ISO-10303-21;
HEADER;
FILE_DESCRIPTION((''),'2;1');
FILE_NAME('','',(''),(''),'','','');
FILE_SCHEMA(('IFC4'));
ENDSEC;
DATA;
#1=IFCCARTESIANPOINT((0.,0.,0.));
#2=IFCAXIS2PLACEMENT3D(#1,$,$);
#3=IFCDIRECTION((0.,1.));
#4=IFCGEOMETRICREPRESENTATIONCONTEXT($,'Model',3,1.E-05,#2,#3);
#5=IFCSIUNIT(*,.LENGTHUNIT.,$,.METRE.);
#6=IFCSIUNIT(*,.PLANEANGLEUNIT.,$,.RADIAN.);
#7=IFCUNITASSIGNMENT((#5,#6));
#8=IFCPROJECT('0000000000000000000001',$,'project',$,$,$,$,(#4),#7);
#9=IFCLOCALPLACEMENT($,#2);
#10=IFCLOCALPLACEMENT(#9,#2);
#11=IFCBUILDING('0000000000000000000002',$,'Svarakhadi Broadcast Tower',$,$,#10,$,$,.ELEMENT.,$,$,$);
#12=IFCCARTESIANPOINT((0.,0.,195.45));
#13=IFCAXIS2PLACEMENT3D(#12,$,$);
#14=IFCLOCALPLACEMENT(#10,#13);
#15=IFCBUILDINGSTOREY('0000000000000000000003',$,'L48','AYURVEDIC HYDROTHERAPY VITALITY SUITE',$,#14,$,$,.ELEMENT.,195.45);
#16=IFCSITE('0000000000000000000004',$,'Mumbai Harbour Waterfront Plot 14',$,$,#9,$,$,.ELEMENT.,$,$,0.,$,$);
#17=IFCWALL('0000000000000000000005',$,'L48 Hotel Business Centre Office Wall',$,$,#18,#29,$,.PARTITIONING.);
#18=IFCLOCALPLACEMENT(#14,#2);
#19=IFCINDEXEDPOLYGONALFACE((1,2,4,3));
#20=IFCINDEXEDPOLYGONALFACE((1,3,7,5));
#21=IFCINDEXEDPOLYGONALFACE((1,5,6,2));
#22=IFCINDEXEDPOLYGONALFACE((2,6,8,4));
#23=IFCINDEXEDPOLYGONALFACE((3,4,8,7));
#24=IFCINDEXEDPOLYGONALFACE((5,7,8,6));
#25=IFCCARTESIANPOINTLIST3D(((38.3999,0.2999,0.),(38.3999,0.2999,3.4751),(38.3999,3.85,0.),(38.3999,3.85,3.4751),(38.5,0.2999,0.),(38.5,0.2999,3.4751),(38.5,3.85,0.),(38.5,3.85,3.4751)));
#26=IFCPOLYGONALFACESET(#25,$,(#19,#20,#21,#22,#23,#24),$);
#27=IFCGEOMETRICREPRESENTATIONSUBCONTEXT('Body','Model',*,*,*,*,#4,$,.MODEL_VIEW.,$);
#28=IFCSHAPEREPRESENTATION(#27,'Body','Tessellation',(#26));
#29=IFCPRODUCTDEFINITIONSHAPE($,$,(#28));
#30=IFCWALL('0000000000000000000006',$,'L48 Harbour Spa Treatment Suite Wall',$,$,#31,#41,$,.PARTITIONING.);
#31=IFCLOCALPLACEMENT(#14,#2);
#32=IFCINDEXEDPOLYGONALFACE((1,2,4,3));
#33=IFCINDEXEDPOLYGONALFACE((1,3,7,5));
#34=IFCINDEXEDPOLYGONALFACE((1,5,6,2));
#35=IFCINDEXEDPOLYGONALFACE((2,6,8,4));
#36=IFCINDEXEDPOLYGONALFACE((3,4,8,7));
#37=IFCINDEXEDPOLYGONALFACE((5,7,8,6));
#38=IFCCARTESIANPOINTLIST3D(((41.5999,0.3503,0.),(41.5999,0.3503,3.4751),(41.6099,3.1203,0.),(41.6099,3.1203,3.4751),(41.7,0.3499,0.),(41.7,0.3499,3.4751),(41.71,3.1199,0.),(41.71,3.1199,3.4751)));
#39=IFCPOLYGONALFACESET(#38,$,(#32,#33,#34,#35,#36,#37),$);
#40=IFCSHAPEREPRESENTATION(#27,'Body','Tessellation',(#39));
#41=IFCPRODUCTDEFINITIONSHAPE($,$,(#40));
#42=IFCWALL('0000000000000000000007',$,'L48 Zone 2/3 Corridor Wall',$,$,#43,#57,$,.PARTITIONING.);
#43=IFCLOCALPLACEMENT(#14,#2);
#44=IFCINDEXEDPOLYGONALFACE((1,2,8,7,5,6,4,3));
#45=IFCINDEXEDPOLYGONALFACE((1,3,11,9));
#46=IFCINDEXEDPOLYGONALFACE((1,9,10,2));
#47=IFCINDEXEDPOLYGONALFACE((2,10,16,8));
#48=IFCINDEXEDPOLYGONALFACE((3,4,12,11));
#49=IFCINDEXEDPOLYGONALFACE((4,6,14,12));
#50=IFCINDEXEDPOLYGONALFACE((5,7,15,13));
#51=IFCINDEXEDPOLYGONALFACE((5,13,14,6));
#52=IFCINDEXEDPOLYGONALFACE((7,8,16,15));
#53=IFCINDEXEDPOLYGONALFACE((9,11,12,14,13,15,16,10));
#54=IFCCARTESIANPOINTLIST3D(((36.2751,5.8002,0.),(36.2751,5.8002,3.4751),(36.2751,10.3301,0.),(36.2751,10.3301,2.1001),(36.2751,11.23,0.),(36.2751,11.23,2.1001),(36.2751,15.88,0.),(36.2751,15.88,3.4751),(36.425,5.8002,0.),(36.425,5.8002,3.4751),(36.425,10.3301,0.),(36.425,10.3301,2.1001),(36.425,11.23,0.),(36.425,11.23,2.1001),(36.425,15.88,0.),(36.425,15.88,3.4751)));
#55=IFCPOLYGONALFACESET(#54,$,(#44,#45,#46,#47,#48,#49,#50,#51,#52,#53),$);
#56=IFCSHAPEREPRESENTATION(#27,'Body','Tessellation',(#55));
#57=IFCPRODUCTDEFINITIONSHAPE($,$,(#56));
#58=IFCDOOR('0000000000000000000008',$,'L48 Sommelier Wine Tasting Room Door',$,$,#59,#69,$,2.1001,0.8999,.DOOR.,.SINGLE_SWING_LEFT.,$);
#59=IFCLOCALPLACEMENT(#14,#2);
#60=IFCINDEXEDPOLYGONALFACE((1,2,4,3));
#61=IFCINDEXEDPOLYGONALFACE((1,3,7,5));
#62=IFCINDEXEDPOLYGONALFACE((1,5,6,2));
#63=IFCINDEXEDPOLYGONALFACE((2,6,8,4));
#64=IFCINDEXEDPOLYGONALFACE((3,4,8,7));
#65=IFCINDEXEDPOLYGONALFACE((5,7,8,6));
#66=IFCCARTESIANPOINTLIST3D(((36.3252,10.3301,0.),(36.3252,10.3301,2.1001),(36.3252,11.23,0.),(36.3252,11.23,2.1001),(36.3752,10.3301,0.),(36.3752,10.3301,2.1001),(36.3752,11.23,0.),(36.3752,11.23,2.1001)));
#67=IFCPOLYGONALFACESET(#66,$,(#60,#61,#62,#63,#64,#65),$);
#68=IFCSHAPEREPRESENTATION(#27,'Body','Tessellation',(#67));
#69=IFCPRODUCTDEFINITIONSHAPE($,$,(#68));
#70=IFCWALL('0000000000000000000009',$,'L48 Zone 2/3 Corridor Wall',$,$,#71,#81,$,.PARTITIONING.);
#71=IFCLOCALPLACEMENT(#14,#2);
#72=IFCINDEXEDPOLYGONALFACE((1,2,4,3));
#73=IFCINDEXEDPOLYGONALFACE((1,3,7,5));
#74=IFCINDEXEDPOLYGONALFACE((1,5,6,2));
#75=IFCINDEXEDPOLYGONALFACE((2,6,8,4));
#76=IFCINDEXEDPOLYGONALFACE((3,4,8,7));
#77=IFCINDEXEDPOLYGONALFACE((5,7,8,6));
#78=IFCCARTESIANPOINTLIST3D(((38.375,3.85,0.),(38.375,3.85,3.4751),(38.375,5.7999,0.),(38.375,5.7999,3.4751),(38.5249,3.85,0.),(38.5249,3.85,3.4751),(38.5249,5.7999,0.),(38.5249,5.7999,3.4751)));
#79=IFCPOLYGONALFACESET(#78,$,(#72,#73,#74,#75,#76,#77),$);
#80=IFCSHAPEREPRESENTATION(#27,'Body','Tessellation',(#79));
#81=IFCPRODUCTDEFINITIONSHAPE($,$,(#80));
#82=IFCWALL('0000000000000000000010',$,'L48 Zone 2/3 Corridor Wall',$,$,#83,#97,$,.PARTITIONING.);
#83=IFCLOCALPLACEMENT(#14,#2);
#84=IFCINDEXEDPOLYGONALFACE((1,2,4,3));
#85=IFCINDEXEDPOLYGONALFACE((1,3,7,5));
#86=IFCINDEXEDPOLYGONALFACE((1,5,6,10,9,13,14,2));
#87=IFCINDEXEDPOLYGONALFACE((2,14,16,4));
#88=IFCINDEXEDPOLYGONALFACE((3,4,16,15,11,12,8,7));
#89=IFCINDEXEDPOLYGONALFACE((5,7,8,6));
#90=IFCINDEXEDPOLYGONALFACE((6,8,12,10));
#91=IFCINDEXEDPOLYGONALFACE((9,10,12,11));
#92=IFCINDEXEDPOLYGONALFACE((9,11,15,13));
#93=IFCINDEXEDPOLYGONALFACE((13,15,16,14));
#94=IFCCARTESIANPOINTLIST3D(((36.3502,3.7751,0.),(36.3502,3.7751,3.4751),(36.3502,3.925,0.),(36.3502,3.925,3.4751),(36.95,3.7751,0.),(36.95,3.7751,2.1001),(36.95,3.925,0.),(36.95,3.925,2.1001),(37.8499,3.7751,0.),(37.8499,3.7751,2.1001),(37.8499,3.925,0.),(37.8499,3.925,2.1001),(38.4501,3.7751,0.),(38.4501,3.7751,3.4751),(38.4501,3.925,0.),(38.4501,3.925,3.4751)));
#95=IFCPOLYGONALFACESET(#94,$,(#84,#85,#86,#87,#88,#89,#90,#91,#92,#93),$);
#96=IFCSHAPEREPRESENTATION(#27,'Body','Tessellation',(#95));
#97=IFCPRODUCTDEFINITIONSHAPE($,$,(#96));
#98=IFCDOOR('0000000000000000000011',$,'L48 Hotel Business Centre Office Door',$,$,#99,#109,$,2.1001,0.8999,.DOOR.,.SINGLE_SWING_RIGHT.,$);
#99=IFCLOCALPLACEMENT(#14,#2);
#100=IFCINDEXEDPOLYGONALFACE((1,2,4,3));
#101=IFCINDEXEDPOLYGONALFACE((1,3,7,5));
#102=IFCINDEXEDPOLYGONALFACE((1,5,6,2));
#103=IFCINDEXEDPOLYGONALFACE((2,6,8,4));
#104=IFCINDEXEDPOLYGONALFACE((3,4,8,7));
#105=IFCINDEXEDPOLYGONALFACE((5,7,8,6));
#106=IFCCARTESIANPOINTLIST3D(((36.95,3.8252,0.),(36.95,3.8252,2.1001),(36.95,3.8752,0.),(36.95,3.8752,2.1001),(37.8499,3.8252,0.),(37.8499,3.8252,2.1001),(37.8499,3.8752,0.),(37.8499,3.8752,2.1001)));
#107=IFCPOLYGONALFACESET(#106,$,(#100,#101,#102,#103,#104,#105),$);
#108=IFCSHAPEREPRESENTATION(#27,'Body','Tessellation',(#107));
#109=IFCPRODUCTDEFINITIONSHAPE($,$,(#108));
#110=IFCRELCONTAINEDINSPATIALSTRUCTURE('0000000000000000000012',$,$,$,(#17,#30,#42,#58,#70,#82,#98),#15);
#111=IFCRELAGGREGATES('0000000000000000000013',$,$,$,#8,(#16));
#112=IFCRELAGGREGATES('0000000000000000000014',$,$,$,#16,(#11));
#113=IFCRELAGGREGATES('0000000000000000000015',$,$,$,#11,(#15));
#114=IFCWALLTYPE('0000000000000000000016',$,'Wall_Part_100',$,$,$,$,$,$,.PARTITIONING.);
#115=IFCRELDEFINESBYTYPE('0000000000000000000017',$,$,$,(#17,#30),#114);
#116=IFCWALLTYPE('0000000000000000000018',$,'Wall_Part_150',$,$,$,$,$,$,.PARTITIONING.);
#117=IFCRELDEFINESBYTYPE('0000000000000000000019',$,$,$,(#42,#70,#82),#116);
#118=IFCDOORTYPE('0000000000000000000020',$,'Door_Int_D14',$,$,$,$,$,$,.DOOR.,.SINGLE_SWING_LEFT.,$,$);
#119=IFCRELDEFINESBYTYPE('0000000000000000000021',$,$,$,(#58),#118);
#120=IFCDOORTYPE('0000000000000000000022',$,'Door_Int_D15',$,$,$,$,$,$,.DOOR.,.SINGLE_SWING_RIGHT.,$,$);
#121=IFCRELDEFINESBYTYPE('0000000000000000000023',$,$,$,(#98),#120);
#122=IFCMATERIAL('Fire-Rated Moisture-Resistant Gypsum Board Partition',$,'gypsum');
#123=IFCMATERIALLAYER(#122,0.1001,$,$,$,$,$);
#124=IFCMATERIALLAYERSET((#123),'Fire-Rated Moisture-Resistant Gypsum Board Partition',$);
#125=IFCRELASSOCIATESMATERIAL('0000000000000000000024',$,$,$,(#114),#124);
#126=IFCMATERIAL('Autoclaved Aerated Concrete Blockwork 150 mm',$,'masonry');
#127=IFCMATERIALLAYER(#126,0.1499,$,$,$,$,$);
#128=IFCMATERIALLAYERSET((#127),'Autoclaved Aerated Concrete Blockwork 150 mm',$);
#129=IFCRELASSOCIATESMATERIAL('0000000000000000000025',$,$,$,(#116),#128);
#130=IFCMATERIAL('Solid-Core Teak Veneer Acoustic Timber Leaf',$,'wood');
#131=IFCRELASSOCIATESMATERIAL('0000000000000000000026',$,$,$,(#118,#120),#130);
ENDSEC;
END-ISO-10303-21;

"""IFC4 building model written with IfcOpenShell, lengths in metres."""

from ifc_helpers import new_model, si_unit, direction, frame, frame_2d, origin, place, context, subcontext, project, spatial, rectangle, extrude, material, layer, layer_set, type_object, element, fill, save


model = new_model("IFC4")

# Units and contexts
model_context = context("Model", 3, precision=1e-05, world=origin(), true_north=direction((0.0, 1.0)))
body_context = subcontext(model_context, "Body", "Model", "MODEL_VIEW")
ifc_project = project(units=[si_unit("LENGTHUNIT", "METRE"), si_unit("PLANEANGLEUNIT", "RADIAN")], contexts=[model_context])

# Site, building, storey
site_placement = place(None, origin())
site = spatial("IfcSite", under=ifc_project, at=site_placement, Name="Mumbai Harbour Waterfront Plot 14", CompositionType="ELEMENT", RefElevation=0.0)
building_placement = place(site_placement, origin())
building = spatial("IfcBuilding", under=site, at=building_placement, Name="Svarakhadi Broadcast Tower", CompositionType="ELEMENT")
storey_placement = place(building_placement, frame((0.0, 0.0, 195.45)))
storey = spatial("IfcBuildingStorey", under=building, at=storey_placement, Name="L48", Description="AYURVEDIC HYDROTHERAPY VITALITY SUITE", CompositionType="ELEMENT", Elevation=195.45)

# Walls
ifc_material_1 = material(Name="Fire-Rated Moisture-Resistant Gypsum Board Partition", Category="gypsum")
ifc_layer_1 = layer(ifc_material_1, 0.1001)
ifc_layer_set_1 = layer_set([ifc_layer_1], Name="Fire-Rated Moisture-Resistant Gypsum Board Partition")
wall_type_1 = type_object("IfcWallType", Name="Wall_Part_100", PredefinedType="PARTITIONING", material=ifc_layer_set_1)
wall_1_placement = place(storey_placement, frame((38.45, 0.3, 0.0), z_axis=(0.0, 0.0, 1.0), x_axis=(0.0, 1.0, 0.0)))
element("IfcWall", 1, at=wall_1_placement, inside=storey, type_object=wall_type_1, Name="L48 Hotel Business Centre Office Wall", PredefinedType="PARTITIONING", context=body_context, shape_type="SweptSolid", body=[
    extrude(rectangle(XDim=3.55, YDim=0.1001, at=frame_2d((1.7749, 0.0))), origin(), (0.0, 0.0, 1.0), 3.4751),
])
wall_2_placement = place(storey_placement, frame((41.6499, 0.3501, 0.0), z_axis=(0.0, 0.0, 1.0), x_axis=(0.003614, 0.999993, 0.0)))
element("IfcWall", 2, at=wall_2_placement, inside=storey, type_object=wall_type_1, Name="L48 Harbour Spa Treatment Suite Wall", PredefinedType="PARTITIONING", context=body_context, shape_type="SweptSolid", body=[
    extrude(rectangle(XDim=2.77, YDim=0.1001, at=frame_2d((1.385, 0.0))), origin(), (0.0, 0.0, 1.0), 3.4751),
])

# Wall, opening, door
ifc_material_2 = material(Name="Autoclaved Aerated Concrete Blockwork 150 mm", Category="masonry")
ifc_layer_2 = layer(ifc_material_2, 0.1499)
ifc_layer_set_2 = layer_set([ifc_layer_2], Name="Autoclaved Aerated Concrete Blockwork 150 mm")
wall_type_2 = type_object("IfcWallType", Name="Wall_Part_150", PredefinedType="PARTITIONING", material=ifc_layer_set_2)
wall_3_placement = place(storey_placement, frame((36.3501, 5.8, 0.0), z_axis=(0.0, 0.0, 1.0), x_axis=(0.0, 1.0, 0.0)))
wall_3 = element("IfcWall", 3, at=wall_3_placement, inside=storey, type_object=wall_type_2, Name="L48 Zone 2/3 Corridor Wall", PredefinedType="PARTITIONING", context=body_context, shape_type="SweptSolid", body=[
    extrude(rectangle(XDim=10.0798, YDim=0.1499, at=frame_2d((5.04, 0.0))), origin(), (0.0, 0.0, 1.0), 3.4751),
])
opening_1_placement = place(wall_3_placement, frame((4.53, 0.0, 0.0)))
opening_1 = element("IfcOpeningElement", 4, at=opening_1_placement, cuts=wall_3, PredefinedType="OPENING", context=body_context, shape_type="SweptSolid", body=[
    extrude(rectangle(XDim=0.8999, YDim=2.1001, at=frame_2d((0.45, 1.05))), frame((0.0, 0.085, 0.0), z_axis=(0.0, -1.0, 0.0), x_axis=(1.0, 0.0, 0.0)), (0.0, 0.0, 1.0), 0.1699),
])
ifc_material_3 = material(Name="Solid-Core Teak Veneer Acoustic Timber Leaf", Category="wood")
door_type_1 = type_object("IfcDoorType", Name="Door_Int_D14", OperationType="SINGLE_SWING_LEFT", PredefinedType="DOOR", material=ifc_material_3)
door_1_placement = place(opening_1_placement, origin())
door_1 = element("IfcDoor", 5, at=door_1_placement, inside=storey, type_object=door_type_1, Name="L48 Sommelier Wine Tasting Room Door", OperationType="SINGLE_SWING_LEFT", OverallHeight=2.1001, OverallWidth=0.8999, PredefinedType="DOOR", context=body_context, shape_type="SweptSolid", body=[
    extrude(rectangle(XDim=0.8999, YDim=2.1001, at=frame_2d((0.45, 1.05))), frame((0.0, 0.0249, 0.0), z_axis=(0.0, -1.0, 0.0), x_axis=(1.0, 0.0, 0.0)), (0.0, 0.0, 1.0), 0.05),
])
fill(opening_1, door_1)

# Wall
wall_4_placement = place(storey_placement, frame((38.45, 5.8, 0.0), z_axis=(0.0, 0.0, 1.0), x_axis=(0.0, -1.0, 0.0)))
element("IfcWall", 6, at=wall_4_placement, inside=storey, type_object=wall_type_2, Name="L48 Zone 2/3 Corridor Wall", PredefinedType="PARTITIONING", context=body_context, shape_type="SweptSolid", body=[
    extrude(rectangle(XDim=1.95, YDim=0.1499, at=frame_2d((0.9751, 0.0))), origin(), (0.0, 0.0, 1.0), 3.4751),
])

# Wall, opening, door
wall_5_placement = place(storey_placement, frame((38.45, 3.8501, 0.0), z_axis=(0.0, 0.0, 1.0), x_axis=(-1.0, 0.0, 0.0)))
wall_5 = element("IfcWall", 7, at=wall_5_placement, inside=storey, type_object=wall_type_2, Name="L48 Zone 2/3 Corridor Wall", PredefinedType="PARTITIONING", context=body_context, shape_type="SweptSolid", body=[
    extrude(rectangle(XDim=2.0999, YDim=0.1499, at=frame_2d((1.0498, 0.0))), origin(), (0.0, 0.0, 1.0), 3.4751),
])
opening_2_placement = place(wall_5_placement, frame((0.6001, 0.0, 0.0)))
opening_2 = element("IfcOpeningElement", 8, at=opening_2_placement, cuts=wall_5, PredefinedType="OPENING", context=body_context, shape_type="SweptSolid", body=[
    extrude(rectangle(XDim=0.8999, YDim=2.1001, at=frame_2d((0.45, 1.05))), frame((0.0, 0.085, 0.0), z_axis=(0.0, -1.0, 0.0), x_axis=(1.0, 0.0, 0.0)), (0.0, 0.0, 1.0), 0.1699),
])
door_type_2 = type_object("IfcDoorType", Name="Door_Int_D15", OperationType="SINGLE_SWING_RIGHT", PredefinedType="DOOR", material=ifc_material_3)
door_2_placement = place(opening_2_placement, origin())
door_2 = element("IfcDoor", 9, at=door_2_placement, inside=storey, type_object=door_type_2, Name="L48 Hotel Business Centre Office Door", OperationType="SINGLE_SWING_RIGHT", OverallHeight=2.1001, OverallWidth=0.8999, PredefinedType="DOOR", context=body_context, shape_type="SweptSolid", body=[
    extrude(rectangle(XDim=0.8999, YDim=2.1001, at=frame_2d((0.45, 1.05))), frame((0.0, 0.0249, 0.0), z_axis=(0.0, -1.0, 0.0), x_axis=(1.0, 0.0, 0.0)), (0.0, 0.0, 1.0), 0.05),
])
fill(opening_2, door_2)

save(model, "model.ifc")
